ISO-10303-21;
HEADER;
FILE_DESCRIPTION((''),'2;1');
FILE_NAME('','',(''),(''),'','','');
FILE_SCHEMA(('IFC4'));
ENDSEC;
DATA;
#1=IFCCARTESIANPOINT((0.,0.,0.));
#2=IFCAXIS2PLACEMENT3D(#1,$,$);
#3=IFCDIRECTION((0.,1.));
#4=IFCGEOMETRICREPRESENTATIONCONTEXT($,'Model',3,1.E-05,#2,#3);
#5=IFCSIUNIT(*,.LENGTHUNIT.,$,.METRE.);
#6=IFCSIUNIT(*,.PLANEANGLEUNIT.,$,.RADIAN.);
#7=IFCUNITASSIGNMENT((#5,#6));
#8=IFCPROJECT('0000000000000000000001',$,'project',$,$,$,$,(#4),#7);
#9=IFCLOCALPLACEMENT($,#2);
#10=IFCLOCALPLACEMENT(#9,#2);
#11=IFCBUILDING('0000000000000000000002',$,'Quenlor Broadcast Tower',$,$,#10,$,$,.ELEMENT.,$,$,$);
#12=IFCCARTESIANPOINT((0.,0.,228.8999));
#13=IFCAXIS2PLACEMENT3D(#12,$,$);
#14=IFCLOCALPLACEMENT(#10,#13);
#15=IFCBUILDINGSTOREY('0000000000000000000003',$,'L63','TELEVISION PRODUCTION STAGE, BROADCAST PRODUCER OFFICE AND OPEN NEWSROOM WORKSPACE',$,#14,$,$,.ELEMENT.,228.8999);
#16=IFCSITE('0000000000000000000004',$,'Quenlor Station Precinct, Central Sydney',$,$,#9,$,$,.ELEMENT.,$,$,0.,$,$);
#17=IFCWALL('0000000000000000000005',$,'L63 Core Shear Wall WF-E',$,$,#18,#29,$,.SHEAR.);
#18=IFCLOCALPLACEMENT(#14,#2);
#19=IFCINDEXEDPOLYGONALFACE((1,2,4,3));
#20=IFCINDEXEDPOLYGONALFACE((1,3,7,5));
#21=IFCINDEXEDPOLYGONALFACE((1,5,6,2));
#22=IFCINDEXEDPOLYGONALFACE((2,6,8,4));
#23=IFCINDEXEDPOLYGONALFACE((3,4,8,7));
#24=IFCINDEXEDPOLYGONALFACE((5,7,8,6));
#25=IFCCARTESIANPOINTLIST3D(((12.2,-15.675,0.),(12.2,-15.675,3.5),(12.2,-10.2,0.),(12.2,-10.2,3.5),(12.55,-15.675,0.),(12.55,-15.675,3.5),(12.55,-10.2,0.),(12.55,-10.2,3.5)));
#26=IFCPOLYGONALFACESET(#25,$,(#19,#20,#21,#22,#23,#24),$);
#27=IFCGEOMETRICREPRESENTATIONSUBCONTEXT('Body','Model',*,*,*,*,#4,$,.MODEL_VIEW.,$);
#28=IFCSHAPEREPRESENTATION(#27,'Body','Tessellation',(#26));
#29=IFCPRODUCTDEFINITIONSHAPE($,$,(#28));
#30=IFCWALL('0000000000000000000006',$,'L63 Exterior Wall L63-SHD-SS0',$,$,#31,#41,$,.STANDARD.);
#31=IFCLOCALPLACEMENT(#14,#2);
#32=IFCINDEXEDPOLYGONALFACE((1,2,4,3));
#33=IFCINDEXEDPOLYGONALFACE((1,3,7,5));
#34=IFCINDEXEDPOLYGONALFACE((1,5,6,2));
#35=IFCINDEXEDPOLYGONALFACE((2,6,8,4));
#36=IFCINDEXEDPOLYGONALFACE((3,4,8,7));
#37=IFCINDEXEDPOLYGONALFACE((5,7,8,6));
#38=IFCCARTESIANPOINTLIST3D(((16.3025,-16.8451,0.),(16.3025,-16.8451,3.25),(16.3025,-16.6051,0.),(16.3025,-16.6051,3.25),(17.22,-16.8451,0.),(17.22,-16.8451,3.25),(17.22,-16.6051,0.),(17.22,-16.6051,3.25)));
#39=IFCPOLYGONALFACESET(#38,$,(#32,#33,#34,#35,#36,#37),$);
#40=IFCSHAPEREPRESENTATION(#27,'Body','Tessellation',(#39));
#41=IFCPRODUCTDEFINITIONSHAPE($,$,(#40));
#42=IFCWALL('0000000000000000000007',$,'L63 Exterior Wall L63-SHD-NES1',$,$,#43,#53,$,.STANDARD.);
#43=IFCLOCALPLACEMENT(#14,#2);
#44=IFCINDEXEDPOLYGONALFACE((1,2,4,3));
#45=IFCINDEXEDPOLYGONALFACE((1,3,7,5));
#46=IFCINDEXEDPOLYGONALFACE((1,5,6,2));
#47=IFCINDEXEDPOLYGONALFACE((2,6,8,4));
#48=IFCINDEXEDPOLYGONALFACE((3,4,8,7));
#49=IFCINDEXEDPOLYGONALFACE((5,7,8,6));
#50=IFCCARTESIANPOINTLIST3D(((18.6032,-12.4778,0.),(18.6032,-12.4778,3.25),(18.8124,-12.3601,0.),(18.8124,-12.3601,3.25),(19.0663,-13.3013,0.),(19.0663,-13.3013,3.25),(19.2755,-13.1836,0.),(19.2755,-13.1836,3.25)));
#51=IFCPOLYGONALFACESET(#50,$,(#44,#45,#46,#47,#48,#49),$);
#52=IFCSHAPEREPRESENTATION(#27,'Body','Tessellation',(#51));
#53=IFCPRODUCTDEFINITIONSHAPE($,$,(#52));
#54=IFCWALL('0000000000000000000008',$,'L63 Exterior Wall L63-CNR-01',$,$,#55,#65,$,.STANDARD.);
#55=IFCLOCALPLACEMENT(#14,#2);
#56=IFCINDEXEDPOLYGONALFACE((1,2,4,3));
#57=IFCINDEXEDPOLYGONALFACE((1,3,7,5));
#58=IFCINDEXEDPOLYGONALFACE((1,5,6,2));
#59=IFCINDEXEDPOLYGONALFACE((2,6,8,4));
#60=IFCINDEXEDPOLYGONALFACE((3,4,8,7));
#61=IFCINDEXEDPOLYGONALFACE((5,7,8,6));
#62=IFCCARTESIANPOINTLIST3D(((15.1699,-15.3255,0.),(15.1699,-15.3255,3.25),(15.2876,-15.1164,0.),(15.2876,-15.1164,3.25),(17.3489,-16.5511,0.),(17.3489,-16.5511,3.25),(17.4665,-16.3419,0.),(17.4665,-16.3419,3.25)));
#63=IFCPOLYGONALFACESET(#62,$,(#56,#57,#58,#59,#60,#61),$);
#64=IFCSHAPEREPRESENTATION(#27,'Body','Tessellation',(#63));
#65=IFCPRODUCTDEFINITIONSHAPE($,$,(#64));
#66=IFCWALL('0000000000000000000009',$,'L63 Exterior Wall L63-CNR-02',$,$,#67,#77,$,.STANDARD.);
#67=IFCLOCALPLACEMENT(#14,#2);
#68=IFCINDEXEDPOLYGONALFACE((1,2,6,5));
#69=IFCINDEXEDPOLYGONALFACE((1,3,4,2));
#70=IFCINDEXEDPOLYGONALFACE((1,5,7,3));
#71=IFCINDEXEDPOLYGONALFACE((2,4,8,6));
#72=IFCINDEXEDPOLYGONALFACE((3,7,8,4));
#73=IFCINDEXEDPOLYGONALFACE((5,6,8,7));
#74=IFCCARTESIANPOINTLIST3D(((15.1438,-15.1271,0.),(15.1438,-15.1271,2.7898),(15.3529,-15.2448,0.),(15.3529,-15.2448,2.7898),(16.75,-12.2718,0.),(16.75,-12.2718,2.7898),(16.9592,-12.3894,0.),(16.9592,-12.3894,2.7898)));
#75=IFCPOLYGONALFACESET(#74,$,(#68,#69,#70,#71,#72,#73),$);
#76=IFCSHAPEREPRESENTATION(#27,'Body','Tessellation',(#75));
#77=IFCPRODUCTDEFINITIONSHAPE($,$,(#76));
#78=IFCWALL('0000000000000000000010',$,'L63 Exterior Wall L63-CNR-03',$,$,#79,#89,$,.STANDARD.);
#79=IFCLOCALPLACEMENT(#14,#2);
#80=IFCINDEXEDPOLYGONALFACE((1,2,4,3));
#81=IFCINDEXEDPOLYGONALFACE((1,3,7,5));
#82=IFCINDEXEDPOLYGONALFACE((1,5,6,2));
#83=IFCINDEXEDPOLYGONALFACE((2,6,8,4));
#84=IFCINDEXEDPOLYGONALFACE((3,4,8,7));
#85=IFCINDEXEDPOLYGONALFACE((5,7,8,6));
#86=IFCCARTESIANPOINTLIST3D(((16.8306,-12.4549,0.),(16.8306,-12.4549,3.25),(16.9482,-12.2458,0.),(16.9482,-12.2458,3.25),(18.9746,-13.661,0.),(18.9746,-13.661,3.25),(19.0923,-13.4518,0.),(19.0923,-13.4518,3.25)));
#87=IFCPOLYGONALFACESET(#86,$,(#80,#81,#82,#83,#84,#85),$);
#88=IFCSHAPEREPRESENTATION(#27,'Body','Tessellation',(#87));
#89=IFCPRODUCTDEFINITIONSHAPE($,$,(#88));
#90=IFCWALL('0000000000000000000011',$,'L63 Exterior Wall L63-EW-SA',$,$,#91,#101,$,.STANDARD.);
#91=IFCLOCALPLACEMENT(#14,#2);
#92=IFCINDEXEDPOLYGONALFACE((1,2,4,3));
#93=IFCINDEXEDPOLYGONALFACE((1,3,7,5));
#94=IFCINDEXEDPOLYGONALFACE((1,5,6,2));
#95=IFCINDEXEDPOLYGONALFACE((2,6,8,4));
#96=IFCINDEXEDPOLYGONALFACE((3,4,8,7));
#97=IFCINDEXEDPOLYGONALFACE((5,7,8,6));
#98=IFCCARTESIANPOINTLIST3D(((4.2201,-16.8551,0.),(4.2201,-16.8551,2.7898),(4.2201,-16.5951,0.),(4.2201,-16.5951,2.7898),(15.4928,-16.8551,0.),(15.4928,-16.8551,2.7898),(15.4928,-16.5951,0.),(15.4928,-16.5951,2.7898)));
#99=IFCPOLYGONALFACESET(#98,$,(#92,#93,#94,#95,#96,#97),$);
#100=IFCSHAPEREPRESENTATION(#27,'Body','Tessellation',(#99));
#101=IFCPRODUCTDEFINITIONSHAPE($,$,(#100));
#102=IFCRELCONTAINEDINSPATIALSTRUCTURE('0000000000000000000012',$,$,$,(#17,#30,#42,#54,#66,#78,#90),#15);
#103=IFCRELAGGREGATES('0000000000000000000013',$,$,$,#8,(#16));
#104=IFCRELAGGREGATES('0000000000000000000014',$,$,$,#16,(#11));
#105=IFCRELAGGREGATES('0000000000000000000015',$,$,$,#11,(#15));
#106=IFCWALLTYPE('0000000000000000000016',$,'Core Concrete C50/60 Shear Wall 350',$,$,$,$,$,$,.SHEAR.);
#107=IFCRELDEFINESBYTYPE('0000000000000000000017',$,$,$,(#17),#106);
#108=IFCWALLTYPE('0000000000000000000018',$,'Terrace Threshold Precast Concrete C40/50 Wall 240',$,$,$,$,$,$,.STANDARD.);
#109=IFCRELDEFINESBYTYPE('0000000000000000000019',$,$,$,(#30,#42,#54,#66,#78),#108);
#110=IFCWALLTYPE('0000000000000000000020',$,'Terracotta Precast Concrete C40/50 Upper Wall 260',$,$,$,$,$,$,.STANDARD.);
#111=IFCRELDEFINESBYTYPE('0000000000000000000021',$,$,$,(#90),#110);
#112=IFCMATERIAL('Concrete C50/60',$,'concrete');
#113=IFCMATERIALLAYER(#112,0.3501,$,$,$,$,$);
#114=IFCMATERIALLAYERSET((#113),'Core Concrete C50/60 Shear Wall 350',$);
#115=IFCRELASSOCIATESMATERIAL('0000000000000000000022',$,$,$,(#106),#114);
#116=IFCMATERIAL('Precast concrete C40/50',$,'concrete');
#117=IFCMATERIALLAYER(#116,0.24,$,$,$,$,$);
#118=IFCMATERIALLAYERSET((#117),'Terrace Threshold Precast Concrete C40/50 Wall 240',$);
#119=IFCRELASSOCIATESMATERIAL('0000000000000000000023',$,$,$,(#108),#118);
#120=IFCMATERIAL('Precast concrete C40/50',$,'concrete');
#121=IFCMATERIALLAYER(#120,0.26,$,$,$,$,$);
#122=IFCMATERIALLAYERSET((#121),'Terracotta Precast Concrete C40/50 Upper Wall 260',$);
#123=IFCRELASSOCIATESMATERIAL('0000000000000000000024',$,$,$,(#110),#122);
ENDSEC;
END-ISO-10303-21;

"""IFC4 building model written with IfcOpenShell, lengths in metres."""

from ifc_helpers import new_model, si_unit, direction, frame, frame_2d, origin, place, context, subcontext, project, spatial, rectangle, extrude, material, layer, layer_set, type_object, element, save


model = new_model("IFC4")

# Units and contexts
model_context = context("Model", 3, precision=1e-05, world=origin(), true_north=direction((0.0, 1.0)))
body_context = subcontext(model_context, "Body", "Model", "MODEL_VIEW")
ifc_project = project(units=[si_unit("LENGTHUNIT", "METRE"), si_unit("PLANEANGLEUNIT", "RADIAN")], contexts=[model_context])

# Site, building, storey
site_placement = place(None, origin())
site = spatial("IfcSite", under=ifc_project, at=site_placement, Name="Quenlor Station Precinct, Central Sydney", CompositionType="ELEMENT", RefElevation=0.0)
building_placement = place(site_placement, origin())
building = spatial("IfcBuilding", under=site, at=building_placement, Name="Quenlor Broadcast Tower", CompositionType="ELEMENT")
storey_placement = place(building_placement, frame((0.0, 0.0, 228.8999)))
storey = spatial("IfcBuildingStorey", under=building, at=storey_placement, Name="L63", Description="TELEVISION PRODUCTION STAGE, BROADCAST PRODUCER OFFICE AND OPEN NEWSROOM WORKSPACE", CompositionType="ELEMENT", Elevation=228.8999)

# Walls
ifc_material_1 = material(Name="Concrete C50/60", Category="concrete")
ifc_layer_1 = layer(ifc_material_1, 0.3501)
ifc_layer_set_1 = layer_set([ifc_layer_1], Name="Core Concrete C50/60 Shear Wall 350")
wall_type_1 = type_object("IfcWallType", Name="Core Concrete C50/60 Shear Wall 350", PredefinedType="SHEAR", material=ifc_layer_set_1)
wall_1_placement = place(storey_placement, frame((12.375, -15.675, 0.0), z_axis=(0.0, 0.0, 1.0), x_axis=(0.0, 1.0, 0.0)))
element("IfcWall", 1, at=wall_1_placement, inside=storey, type_object=wall_type_1, Name="L63 Core Shear Wall WF-E", PredefinedType="SHEAR", context=body_context, shape_type="SweptSolid", body=[
    extrude(rectangle(XDim=5.4751, YDim=0.3501, at=frame_2d((2.7375, 0.0))), origin(), (0.0, 0.0, 1.0), 3.5),
])
ifc_material_2 = material(Name="Precast concrete C40/50", Category="concrete")
ifc_layer_2 = layer(ifc_material_2, 0.24)
ifc_layer_set_2 = layer_set([ifc_layer_2], Name="Terrace Threshold Precast Concrete C40/50 Wall 240")
wall_type_2 = type_object("IfcWallType", Name="Terrace Threshold Precast Concrete C40/50 Wall 240", PredefinedType="STANDARD", material=ifc_layer_set_2)
wall_2_placement = place(storey_placement, frame((17.22, -16.7251, 0.0), z_axis=(0.0, 0.0, 1.0), x_axis=(-1.0, 0.0, 0.0)))
element("IfcWall", 2, at=wall_2_placement, inside=storey, type_object=wall_type_2, Name="L63 Exterior Wall L63-SHD-SS0", PredefinedType="STANDARD", context=body_context, shape_type="SweptSolid", body=[
    extrude(rectangle(XDim=0.9175, YDim=0.24, at=frame_2d((0.4587, 0.0))), origin(), (0.0, 0.0, 1.0), 3.25),
])
wall_3_placement = place(storey_placement, frame((18.7078, -12.4189, 0.0), z_axis=(0.0, 0.0, 1.0), x_axis=(0.4902, -0.87161, 0.0)))
element("IfcWall", 3, at=wall_3_placement, inside=storey, type_object=wall_type_2, Name="L63 Exterior Wall L63-SHD-NES1", PredefinedType="STANDARD", context=body_context, shape_type="SweptSolid", body=[
    extrude(rectangle(XDim=0.9448, YDim=0.24, at=frame_2d((0.4724, 0.0))), origin(), (0.0, 0.0, 1.0), 3.25),
])
wall_4_placement = place(storey_placement, frame((17.4077, -16.4465, 0.0), z_axis=(0.0, 0.0, 1.0), x_axis=(-0.871589, 0.490238, 0.0)))
element("IfcWall", 4, at=wall_4_placement, inside=storey, type_object=wall_type_2, Name="L63 Exterior Wall L63-CNR-01", PredefinedType="STANDARD", context=body_context, shape_type="SweptSolid", body=[
    extrude(rectangle(XDim=2.5, YDim=0.24, at=frame_2d((1.25, 0.0))), origin(), (0.0, 0.0, 1.0), 3.25),
])
wall_5_placement = place(storey_placement, frame((15.2483, -15.186, 0.0), z_axis=(0.0, 0.0, 1.0), x_axis=(0.490293, 0.871558, 0.0)))
element("IfcWall", 5, at=wall_5_placement, inside=storey, type_object=wall_type_2, Name="L63 Exterior Wall L63-CNR-02", PredefinedType="STANDARD", context=body_context, shape_type="SweptSolid", body=[
    extrude(rectangle(XDim=3.2761, YDim=0.24, at=frame_2d((1.6382, 0.0))), origin(), (0.0, 0.0, 1.0), 2.7898),
])
wall_6_placement = place(storey_placement, frame((16.8894, -12.3503, 0.0), z_axis=(0.0, 0.0, 1.0), x_axis=(0.87157, -0.490271, 0.0)))
element("IfcWall", 6, at=wall_6_placement, inside=storey, type_object=wall_type_2, Name="L63 Exterior Wall L63-CNR-03", PredefinedType="STANDARD", context=body_context, shape_type="SweptSolid", body=[
    extrude(rectangle(XDim=2.46, YDim=0.24, at=frame_2d((1.23, 0.0))), origin(), (0.0, 0.0, 1.0), 3.25),
])
ifc_material_3 = material(Name="Precast concrete C40/50", Category="concrete")
ifc_layer_3 = layer(ifc_material_3, 0.26)
ifc_layer_set_3 = layer_set([ifc_layer_3], Name="Terracotta Precast Concrete C40/50 Upper Wall 260")
wall_type_3 = type_object("IfcWallType", Name="Terracotta Precast Concrete C40/50 Upper Wall 260", PredefinedType="STANDARD", material=ifc_layer_set_3)
wall_7_placement = place(storey_placement, frame((15.4927, -16.7251, 0.0), z_axis=(0.0, 0.0, 1.0), x_axis=(-1.0, 0.0, 0.0)))
element("IfcWall", 7, at=wall_7_placement, inside=storey, type_object=wall_type_3, Name="L63 Exterior Wall L63-EW-SA", PredefinedType="STANDARD", context=body_context, shape_type="SweptSolid", body=[
    extrude(rectangle(XDim=11.2727, YDim=0.26, at=frame_2d((5.6362, 0.0))), origin(), (0.0, 0.0, 1.0), 2.7898),
])

save(model, "model.ifc")
